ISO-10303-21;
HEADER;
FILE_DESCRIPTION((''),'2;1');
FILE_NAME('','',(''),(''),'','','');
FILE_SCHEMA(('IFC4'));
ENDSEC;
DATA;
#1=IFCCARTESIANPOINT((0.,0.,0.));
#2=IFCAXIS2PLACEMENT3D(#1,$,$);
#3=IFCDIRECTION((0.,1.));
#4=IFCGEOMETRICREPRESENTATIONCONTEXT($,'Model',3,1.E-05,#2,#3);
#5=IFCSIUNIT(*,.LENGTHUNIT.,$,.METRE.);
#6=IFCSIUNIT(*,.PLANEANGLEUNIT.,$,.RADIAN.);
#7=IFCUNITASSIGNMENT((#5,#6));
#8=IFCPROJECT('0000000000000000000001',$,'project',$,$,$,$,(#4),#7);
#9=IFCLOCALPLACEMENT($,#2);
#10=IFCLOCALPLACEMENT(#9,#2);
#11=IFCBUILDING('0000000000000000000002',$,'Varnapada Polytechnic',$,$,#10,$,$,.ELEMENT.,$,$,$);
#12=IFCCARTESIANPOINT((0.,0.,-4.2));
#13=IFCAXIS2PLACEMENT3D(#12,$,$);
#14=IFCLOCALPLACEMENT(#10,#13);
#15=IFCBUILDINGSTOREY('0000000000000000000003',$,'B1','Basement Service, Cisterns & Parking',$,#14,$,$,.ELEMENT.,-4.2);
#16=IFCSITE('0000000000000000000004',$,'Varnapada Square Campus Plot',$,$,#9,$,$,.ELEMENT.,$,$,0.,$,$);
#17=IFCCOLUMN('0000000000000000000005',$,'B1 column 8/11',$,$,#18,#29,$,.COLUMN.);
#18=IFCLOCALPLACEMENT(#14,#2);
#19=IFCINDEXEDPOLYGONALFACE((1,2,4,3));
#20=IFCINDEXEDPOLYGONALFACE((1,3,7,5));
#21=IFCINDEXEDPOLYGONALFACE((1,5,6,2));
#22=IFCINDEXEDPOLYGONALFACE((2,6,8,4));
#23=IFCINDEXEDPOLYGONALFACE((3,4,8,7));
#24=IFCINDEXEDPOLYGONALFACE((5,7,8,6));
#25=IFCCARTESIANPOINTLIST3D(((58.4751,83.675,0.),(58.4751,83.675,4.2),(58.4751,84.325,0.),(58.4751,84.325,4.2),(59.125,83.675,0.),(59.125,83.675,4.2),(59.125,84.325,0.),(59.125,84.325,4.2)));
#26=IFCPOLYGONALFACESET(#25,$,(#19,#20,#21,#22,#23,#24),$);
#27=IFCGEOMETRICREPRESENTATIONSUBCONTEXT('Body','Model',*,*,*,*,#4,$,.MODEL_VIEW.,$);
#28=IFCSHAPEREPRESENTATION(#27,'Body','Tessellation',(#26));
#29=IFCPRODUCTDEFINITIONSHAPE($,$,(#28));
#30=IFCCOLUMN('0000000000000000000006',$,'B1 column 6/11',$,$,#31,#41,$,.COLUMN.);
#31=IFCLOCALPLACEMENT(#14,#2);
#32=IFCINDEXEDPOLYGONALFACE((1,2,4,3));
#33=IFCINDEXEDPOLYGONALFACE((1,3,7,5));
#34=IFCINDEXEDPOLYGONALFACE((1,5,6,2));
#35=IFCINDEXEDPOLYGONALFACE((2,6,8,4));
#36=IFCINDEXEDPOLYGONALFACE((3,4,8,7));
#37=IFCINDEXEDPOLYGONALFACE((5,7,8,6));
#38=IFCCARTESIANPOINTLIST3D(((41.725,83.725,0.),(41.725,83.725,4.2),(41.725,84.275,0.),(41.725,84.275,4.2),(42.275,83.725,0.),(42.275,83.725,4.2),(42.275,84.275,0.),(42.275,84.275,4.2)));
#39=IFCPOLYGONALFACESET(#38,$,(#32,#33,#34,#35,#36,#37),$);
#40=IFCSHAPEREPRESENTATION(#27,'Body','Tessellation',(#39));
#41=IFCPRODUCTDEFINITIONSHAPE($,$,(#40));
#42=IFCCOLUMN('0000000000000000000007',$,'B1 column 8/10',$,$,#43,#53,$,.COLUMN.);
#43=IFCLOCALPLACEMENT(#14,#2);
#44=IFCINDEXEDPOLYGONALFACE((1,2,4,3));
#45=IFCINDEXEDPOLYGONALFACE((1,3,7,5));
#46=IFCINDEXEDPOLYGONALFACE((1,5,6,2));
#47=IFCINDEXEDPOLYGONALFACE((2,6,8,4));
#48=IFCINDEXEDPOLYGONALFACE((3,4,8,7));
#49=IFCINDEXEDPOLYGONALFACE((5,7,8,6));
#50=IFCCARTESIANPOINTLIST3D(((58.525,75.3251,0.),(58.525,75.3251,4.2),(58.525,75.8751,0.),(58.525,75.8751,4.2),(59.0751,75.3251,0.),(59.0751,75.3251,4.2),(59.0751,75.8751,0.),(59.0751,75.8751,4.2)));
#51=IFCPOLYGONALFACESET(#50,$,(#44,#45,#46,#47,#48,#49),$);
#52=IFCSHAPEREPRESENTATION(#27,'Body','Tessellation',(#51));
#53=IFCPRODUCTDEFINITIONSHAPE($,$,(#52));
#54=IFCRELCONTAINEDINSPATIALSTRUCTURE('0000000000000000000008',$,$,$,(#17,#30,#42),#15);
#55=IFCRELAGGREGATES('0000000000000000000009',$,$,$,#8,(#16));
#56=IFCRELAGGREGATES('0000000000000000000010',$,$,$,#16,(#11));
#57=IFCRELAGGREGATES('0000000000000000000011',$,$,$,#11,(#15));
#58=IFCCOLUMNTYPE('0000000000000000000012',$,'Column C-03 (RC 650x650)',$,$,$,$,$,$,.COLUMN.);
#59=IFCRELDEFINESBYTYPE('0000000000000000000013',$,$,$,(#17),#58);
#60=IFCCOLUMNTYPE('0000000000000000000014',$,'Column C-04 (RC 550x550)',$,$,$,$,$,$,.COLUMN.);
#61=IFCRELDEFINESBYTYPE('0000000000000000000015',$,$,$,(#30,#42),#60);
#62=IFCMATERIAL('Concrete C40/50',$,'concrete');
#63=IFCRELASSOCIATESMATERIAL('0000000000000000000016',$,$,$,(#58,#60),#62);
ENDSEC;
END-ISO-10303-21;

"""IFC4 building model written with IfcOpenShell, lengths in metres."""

from ifc_helpers import new_model, si_unit, direction, frame, origin, origin_2d, place, context, subcontext, project, spatial, rectangle, extrude, material, material_profile, profile_set, type_object, element, save


model = new_model("IFC4")

# Units and contexts
model_context = context("Model", 3, precision=1e-05, world=origin(), true_north=direction((0.0, 1.0)))
body_context = subcontext(model_context, "Body", "Model", "MODEL_VIEW")
ifc_project = project(units=[si_unit("LENGTHUNIT", "METRE"), si_unit("PLANEANGLEUNIT", "RADIAN")], contexts=[model_context])

# Site, building, storey
site_placement = place(None, origin())
site = spatial("IfcSite", under=ifc_project, at=site_placement, Name="Varnapada Square Campus Plot", CompositionType="ELEMENT", RefElevation=0.0)
building_placement = place(site_placement, origin())
building = spatial("IfcBuilding", under=site, at=building_placement, Name="Varnapada Polytechnic", CompositionType="ELEMENT")
storey_placement = place(building_placement, frame((0.0, 0.0, -4.2)))
storey = spatial("IfcBuildingStorey", under=building, at=storey_placement, Name="B1", Description="Basement Service, Cisterns & Parking", CompositionType="ELEMENT", Elevation=-4.2)

# Shared definitions
ifc_material = material(Name="Concrete C40/50", Category="concrete")

# Columns
ifc_material_profile_1 = material_profile(ifc_material, rectangle(XDim=0.6499, YDim=0.6499, at=origin_2d()), Name="RC 650x650")
ifc_profile_set_1 = profile_set([ifc_material_profile_1], Name="Concrete C40/50")
column_type_1 = type_object("IfcColumnType", Name="Column C-03 (RC 650x650)", PredefinedType="COLUMN", material=ifc_profile_set_1)
for number, where, z_axis, x_axis, name in (
    (1, (58.8, 84.0, 0.0), (0.0, 0.0, 1.0), (1.0, 0.0, 0.0), "B1 column 8/11"),
):
    element("IfcColumn", number, at=place(storey_placement, frame(where, z_axis=z_axis, x_axis=x_axis)), inside=storey, type_object=column_type_1, Name=name, PredefinedType="COLUMN", context=body_context, shape_type="SweptSolid", body=[
        extrude(rectangle(XDim=0.6499, YDim=0.6499, at=origin_2d()), origin(), (0.0, 0.0, 1.0), 4.2),
    ])
ifc_material_profile_2 = material_profile(ifc_material, rectangle(XDim=0.55, YDim=0.55, at=origin_2d()), Name="RC 550x550")
ifc_profile_set_2 = profile_set([ifc_material_profile_2], Name="Concrete C40/50")
column_type_2 = type_object("IfcColumnType", Name="Column C-04 (RC 550x550)", PredefinedType="COLUMN", material=ifc_profile_set_2)
for number, where, z_axis, x_axis, name in (
    (2, (42.0, 84.0, 0.0), (0.0, 0.0, 1.0), (1.0, 0.0, 0.0), "B1 column 6/11"),
    (3, (58.8, 75.6001, 0.0), (0.0, 0.0, 1.0), (1.0, 0.0, 0.0), "B1 column 8/10"),
):
    element("IfcColumn", number, at=place(storey_placement, frame(where, z_axis=z_axis, x_axis=x_axis)), inside=storey, type_object=column_type_2, Name=name, PredefinedType="COLUMN", context=body_context, shape_type="SweptSolid", body=[
        extrude(rectangle(XDim=0.55, YDim=0.55, at=origin_2d()), origin(), (0.0, 0.0, 1.0), 4.2),
    ])

save(model, "model.ifc")
